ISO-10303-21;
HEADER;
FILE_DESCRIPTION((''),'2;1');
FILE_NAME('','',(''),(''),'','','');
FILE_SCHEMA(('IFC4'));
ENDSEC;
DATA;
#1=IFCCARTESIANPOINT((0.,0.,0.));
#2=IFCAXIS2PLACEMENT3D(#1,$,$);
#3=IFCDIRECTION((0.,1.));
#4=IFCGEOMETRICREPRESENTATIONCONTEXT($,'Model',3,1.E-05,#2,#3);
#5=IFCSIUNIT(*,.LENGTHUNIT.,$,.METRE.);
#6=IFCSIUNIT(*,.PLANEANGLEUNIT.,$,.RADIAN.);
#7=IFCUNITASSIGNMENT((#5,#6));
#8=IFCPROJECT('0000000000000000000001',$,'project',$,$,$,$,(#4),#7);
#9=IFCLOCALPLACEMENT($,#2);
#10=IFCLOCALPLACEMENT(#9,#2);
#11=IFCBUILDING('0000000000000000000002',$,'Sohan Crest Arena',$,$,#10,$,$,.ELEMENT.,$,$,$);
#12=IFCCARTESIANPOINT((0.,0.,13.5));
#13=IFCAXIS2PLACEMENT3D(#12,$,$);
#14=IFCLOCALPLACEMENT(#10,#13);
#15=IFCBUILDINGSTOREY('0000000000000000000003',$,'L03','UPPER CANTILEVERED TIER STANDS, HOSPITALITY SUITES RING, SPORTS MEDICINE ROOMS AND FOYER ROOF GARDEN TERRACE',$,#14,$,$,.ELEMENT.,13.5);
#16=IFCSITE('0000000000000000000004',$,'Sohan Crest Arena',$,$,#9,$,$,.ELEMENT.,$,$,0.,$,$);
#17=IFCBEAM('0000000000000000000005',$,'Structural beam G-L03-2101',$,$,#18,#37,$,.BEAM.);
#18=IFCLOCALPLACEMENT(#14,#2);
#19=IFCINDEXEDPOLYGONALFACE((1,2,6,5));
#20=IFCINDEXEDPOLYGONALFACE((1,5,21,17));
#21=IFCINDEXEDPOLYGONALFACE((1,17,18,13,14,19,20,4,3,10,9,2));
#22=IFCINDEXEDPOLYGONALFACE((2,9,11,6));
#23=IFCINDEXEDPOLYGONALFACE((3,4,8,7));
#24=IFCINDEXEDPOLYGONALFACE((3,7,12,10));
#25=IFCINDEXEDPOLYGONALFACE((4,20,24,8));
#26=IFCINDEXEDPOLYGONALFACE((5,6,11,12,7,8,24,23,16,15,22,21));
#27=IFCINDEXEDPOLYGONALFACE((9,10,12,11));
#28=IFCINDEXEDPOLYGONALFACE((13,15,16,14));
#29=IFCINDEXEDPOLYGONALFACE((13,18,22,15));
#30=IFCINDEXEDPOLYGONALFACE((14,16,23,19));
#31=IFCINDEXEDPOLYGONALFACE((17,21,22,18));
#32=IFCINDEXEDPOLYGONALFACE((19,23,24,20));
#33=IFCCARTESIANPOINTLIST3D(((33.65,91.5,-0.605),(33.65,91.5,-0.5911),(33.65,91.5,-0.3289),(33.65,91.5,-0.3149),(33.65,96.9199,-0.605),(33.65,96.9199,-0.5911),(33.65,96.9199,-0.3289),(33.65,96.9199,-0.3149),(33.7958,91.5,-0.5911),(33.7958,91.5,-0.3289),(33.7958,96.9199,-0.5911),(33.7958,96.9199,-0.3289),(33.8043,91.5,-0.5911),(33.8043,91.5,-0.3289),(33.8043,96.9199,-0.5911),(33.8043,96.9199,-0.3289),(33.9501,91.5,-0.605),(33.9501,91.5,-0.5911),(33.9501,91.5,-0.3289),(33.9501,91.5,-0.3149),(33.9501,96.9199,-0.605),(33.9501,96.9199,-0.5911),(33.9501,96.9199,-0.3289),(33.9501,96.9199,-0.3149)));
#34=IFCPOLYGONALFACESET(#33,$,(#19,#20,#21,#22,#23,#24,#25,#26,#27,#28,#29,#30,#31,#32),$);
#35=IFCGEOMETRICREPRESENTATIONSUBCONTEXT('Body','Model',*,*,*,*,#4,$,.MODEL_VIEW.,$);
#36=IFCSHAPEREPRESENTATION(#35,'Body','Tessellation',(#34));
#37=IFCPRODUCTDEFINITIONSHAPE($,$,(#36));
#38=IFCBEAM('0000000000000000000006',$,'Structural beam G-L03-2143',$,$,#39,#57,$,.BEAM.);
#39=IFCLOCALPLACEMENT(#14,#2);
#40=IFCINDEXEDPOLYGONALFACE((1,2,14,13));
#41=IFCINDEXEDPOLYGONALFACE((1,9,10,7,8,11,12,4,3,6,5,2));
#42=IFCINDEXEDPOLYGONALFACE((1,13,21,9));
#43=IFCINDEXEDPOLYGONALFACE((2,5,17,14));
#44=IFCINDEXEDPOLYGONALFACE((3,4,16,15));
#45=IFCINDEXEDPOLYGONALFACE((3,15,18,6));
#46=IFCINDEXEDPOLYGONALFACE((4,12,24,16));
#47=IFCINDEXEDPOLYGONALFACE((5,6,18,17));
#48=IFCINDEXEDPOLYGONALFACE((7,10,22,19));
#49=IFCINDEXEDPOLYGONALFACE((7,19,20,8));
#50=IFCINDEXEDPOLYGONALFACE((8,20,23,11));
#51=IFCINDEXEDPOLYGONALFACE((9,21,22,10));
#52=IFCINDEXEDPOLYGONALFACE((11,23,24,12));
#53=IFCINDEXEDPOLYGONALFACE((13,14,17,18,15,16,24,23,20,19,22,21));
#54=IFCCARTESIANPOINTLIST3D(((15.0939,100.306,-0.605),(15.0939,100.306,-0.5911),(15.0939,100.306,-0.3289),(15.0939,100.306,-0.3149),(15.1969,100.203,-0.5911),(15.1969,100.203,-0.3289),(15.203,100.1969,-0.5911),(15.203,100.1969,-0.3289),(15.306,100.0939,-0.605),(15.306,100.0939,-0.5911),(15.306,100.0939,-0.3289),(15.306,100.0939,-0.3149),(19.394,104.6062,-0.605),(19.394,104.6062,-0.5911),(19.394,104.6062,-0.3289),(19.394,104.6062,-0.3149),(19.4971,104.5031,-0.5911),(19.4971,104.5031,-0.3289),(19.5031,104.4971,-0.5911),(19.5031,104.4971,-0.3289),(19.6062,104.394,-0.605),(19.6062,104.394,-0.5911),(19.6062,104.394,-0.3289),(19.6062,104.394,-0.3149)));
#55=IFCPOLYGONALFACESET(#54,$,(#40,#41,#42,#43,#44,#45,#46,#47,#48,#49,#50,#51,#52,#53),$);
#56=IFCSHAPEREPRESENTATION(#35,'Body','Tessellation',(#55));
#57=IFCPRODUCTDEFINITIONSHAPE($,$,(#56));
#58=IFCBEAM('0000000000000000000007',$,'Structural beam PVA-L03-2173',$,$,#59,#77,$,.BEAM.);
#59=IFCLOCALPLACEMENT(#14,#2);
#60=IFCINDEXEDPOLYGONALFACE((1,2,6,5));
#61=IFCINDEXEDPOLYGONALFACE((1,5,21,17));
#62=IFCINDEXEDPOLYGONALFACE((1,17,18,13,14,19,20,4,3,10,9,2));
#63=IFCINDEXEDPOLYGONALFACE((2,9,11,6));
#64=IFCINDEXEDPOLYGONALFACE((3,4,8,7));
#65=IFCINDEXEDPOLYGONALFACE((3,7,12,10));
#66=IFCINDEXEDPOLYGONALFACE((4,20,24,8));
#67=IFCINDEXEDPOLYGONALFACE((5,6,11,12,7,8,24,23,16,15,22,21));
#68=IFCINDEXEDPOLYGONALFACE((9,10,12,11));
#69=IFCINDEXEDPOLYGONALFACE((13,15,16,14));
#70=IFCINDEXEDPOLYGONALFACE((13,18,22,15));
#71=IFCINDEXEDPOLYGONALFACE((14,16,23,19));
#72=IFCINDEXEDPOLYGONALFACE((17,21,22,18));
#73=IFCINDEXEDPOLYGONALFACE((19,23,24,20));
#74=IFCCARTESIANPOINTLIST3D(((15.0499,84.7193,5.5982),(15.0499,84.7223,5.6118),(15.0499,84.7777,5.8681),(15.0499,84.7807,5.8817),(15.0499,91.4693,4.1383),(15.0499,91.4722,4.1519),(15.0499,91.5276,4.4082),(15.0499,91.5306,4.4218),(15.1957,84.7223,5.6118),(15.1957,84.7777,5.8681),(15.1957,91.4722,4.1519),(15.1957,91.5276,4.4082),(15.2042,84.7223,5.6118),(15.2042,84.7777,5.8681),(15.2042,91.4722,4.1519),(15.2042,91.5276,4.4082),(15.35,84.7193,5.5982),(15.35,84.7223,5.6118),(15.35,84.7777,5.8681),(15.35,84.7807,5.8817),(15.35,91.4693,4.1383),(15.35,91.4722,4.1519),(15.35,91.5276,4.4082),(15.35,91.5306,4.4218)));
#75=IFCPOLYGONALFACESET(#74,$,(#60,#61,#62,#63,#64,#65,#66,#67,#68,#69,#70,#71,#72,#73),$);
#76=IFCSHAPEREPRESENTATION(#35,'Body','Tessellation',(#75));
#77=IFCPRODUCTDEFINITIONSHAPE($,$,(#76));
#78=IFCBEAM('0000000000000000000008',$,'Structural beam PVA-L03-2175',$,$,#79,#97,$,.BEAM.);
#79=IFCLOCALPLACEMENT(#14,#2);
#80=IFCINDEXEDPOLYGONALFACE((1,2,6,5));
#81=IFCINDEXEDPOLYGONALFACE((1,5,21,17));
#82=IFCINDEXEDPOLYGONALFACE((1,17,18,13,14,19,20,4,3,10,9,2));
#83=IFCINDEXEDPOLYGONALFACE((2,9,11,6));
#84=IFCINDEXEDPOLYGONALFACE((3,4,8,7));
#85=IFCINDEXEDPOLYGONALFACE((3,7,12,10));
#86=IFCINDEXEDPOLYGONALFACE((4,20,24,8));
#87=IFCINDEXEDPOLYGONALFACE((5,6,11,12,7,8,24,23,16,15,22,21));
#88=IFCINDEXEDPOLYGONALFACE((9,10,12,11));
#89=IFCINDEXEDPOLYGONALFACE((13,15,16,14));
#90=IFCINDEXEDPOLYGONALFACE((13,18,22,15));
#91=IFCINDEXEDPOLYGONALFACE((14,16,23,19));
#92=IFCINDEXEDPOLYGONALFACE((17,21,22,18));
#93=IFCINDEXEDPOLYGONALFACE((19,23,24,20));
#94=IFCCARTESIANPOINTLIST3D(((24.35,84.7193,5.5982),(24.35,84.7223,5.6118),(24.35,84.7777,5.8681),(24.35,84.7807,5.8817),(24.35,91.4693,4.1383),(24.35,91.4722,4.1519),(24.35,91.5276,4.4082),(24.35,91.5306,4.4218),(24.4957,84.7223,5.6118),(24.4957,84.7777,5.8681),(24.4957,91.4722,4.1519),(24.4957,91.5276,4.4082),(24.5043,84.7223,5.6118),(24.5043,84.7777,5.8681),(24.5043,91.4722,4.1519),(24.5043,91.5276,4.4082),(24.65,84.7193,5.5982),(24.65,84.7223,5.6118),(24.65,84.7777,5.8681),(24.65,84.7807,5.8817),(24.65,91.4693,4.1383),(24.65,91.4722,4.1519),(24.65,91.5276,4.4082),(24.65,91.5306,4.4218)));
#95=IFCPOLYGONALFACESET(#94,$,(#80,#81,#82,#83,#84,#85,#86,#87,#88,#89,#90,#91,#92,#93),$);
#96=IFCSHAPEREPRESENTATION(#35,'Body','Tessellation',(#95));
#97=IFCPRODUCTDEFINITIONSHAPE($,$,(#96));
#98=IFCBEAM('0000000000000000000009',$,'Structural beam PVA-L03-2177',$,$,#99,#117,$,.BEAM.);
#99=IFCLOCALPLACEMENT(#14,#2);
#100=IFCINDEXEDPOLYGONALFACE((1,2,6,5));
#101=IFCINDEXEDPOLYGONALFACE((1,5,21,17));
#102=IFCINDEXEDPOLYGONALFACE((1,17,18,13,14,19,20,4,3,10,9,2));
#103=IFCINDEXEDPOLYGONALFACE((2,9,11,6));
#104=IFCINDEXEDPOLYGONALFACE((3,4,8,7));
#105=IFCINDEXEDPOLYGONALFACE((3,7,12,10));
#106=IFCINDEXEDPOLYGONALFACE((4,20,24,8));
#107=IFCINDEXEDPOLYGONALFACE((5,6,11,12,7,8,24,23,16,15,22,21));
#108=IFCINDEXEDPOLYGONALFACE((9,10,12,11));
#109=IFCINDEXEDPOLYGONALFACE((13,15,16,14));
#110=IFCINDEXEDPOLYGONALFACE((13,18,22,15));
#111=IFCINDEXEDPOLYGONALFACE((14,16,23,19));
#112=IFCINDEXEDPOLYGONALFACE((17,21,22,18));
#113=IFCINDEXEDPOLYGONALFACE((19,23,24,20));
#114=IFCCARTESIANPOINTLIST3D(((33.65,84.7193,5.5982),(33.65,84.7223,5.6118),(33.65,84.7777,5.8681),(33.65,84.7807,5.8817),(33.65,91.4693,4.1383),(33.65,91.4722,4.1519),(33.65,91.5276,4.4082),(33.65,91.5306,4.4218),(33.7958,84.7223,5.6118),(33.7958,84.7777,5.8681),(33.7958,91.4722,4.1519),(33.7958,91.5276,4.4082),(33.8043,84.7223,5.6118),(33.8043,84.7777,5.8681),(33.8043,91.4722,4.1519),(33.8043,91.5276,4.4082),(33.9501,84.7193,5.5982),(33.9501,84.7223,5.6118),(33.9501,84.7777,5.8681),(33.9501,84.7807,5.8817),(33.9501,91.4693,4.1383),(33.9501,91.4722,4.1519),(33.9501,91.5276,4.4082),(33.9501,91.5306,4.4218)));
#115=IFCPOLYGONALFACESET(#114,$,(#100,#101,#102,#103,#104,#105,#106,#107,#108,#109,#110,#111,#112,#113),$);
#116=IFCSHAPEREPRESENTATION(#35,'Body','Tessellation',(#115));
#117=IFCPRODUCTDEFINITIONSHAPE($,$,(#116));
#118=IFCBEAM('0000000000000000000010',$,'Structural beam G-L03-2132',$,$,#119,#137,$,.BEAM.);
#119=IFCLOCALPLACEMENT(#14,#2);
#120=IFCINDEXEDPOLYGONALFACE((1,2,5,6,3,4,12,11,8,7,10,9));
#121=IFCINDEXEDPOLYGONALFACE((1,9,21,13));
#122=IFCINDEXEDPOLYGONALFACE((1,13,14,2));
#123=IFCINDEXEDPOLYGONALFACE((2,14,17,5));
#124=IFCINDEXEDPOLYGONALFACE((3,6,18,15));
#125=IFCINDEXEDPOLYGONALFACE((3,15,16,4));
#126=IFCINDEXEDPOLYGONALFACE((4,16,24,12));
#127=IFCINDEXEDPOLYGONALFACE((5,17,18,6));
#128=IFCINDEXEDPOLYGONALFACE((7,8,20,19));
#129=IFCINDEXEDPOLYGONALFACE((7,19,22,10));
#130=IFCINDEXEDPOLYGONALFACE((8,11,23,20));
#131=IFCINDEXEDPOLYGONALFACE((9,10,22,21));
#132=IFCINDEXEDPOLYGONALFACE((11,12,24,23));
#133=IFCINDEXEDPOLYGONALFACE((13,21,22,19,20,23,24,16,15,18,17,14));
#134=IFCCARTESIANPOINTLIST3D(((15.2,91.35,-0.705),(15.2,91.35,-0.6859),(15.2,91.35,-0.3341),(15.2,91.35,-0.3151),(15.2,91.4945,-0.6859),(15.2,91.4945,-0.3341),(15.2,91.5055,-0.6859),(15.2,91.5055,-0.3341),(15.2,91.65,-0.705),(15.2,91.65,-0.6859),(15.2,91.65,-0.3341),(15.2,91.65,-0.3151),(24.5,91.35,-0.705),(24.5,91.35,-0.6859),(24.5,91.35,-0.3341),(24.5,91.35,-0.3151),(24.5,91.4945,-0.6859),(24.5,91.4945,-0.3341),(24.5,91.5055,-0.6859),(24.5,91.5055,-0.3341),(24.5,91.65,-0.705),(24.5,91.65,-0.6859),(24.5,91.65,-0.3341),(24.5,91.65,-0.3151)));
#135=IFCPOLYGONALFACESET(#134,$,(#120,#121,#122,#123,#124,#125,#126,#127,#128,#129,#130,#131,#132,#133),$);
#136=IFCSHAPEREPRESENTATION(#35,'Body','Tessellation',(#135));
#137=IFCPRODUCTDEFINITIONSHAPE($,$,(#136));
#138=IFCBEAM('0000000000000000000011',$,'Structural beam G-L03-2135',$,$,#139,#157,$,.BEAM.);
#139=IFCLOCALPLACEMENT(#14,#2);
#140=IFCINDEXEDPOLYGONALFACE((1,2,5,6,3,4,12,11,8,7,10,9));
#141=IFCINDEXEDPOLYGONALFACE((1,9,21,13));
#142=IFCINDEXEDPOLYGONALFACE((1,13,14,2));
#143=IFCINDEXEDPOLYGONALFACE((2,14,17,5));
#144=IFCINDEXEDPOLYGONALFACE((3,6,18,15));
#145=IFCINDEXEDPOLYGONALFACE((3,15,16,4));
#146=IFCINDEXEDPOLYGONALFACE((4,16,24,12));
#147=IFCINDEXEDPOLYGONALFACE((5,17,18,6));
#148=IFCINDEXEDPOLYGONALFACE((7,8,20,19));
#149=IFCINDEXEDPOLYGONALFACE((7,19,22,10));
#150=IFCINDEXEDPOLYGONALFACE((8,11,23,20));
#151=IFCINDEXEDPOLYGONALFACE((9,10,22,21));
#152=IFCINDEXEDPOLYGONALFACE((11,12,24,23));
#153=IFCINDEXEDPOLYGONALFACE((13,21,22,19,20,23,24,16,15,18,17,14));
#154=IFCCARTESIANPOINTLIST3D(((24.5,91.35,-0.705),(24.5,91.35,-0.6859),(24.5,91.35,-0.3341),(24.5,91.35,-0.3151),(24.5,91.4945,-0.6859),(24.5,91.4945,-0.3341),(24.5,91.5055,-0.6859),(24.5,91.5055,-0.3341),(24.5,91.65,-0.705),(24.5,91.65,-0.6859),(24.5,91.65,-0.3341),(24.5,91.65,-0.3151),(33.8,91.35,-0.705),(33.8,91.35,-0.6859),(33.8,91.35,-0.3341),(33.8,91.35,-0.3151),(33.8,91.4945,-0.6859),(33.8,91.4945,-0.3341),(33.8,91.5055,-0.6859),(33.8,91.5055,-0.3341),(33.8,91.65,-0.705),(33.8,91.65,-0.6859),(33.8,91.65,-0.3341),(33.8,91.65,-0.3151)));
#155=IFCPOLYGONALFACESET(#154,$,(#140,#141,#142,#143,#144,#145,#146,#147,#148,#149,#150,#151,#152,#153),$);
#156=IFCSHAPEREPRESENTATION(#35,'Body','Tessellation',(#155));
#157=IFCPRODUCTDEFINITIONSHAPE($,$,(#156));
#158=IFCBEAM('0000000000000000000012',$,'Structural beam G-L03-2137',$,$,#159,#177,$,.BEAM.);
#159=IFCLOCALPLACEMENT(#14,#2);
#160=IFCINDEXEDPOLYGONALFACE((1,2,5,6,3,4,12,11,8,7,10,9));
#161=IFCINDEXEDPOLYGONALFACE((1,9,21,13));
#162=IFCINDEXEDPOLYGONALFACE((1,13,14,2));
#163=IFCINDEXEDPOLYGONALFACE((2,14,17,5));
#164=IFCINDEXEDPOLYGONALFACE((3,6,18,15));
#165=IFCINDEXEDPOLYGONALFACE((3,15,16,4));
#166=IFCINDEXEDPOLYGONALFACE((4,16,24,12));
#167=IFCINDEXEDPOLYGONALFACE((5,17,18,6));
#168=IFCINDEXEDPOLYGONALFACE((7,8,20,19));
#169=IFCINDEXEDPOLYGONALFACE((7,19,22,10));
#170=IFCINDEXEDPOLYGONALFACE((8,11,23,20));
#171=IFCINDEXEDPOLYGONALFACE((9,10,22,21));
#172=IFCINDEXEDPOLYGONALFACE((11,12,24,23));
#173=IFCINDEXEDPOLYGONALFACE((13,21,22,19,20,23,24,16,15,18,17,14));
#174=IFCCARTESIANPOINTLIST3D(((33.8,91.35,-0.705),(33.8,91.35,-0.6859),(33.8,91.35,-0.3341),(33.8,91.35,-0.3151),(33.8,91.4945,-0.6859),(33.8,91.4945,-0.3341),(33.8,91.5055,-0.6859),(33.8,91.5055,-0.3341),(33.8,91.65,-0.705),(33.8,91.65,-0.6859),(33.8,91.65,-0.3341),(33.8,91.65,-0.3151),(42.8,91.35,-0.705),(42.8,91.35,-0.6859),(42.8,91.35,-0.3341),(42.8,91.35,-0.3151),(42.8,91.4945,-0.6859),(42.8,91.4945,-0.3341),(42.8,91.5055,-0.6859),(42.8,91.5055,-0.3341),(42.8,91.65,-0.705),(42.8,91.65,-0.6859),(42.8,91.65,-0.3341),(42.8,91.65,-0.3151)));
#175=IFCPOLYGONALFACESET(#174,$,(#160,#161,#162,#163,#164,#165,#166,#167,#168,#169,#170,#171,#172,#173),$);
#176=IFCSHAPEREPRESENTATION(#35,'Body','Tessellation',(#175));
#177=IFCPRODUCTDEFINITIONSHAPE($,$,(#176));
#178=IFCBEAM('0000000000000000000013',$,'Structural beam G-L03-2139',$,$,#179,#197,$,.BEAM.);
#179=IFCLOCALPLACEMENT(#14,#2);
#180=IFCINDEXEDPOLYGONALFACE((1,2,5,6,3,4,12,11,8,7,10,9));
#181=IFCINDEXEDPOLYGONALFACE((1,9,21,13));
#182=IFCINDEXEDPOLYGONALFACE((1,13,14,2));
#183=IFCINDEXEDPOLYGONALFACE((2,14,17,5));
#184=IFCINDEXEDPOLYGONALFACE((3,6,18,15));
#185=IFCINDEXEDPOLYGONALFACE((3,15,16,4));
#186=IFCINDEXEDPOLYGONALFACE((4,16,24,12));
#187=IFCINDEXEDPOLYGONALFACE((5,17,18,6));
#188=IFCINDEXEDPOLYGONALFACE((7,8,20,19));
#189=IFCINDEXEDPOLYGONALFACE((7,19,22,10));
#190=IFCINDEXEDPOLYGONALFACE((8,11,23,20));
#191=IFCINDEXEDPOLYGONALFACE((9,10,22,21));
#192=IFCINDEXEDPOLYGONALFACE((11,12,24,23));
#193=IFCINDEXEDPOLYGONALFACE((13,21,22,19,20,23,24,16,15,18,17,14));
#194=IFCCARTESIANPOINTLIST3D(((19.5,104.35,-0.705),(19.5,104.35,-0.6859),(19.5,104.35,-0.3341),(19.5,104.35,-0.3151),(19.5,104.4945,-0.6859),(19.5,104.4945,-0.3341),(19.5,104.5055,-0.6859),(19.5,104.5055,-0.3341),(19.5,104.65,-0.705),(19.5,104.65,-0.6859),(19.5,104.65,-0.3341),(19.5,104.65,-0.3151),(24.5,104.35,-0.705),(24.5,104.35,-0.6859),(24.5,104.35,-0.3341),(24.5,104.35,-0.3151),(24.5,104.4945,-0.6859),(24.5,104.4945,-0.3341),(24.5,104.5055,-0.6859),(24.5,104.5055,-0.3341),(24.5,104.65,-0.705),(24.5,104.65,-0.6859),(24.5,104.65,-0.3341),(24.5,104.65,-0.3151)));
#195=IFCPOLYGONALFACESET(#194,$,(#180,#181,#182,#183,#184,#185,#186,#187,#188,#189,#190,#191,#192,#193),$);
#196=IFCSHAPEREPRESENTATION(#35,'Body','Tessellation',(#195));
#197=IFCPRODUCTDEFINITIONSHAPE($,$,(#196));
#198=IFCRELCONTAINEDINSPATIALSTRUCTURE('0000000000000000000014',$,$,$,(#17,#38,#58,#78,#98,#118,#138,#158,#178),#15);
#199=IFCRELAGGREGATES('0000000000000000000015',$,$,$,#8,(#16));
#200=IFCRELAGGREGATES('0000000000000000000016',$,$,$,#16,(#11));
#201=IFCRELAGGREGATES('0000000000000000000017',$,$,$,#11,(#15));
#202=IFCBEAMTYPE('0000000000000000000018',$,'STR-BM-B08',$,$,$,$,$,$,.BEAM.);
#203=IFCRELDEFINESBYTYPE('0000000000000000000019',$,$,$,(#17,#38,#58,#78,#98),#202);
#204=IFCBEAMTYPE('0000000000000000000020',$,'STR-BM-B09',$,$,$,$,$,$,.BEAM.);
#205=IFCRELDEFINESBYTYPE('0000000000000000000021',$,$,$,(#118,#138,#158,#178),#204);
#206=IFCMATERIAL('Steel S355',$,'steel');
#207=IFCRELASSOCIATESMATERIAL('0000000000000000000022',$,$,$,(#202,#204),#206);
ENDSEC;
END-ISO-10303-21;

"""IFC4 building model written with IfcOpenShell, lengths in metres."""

from ifc_helpers import new_model, si_unit, direction, frame, origin, origin_2d, place, context, subcontext, project, spatial, i_section, extrude, material, material_profile, profile_set, type_object, element, save


model = new_model("IFC4")

# Units and contexts
model_context = context("Model", 3, precision=1e-05, world=origin(), true_north=direction((0.0, 1.0)))
body_context = subcontext(model_context, "Body", "Model", "MODEL_VIEW")
ifc_project = project(units=[si_unit("LENGTHUNIT", "METRE"), si_unit("PLANEANGLEUNIT", "RADIAN")], contexts=[model_context])

# Site, building, storey
site_placement = place(None, origin())
site = spatial("IfcSite", under=ifc_project, at=site_placement, Name="Sohan Crest Arena", CompositionType="ELEMENT", RefElevation=0.0)
building_placement = place(site_placement, origin())
building = spatial("IfcBuilding", under=site, at=building_placement, Name="Sohan Crest Arena", CompositionType="ELEMENT")
storey_placement = place(building_placement, frame((0.0, 0.0, 13.5)))
storey = spatial("IfcBuildingStorey", under=building, at=storey_placement, Name="L03", Description="UPPER CANTILEVERED TIER STANDS, HOSPITALITY SUITES RING, SPORTS MEDICINE ROOMS AND FOYER ROOF GARDEN TERRACE", CompositionType="ELEMENT", Elevation=13.5)

# Beams
ifc_material_1 = material(Name="Steel S355", Category="steel")
ifc_material_profile_1 = material_profile(ifc_material_1, i_section(OverallWidth=0.3, OverallDepth=0.29, WebThickness=0.0085, FlangeThickness=0.0139, at=origin_2d()), Name="HEA 300")
ifc_profile_set_1 = profile_set([ifc_material_profile_1], Name="Steel S355")
beam_type_1 = type_object("IfcBeamType", Name="STR-BM-B08", PredefinedType="BEAM", material=ifc_profile_set_1)
beam_1_placement = place(storey_placement, frame((33.8, 91.5, -0.46), z_axis=(0.0, 1.0, 0.0), x_axis=(-1.0, 0.0, 0.0)))
element("IfcBeam", 1, at=beam_1_placement, inside=storey, type_object=beam_type_1, Name="Structural beam G-L03-2101", PredefinedType="BEAM", context=body_context, shape_type="SweptSolid", body=[
    extrude(i_section(OverallWidth=0.3, OverallDepth=0.29, WebThickness=0.0085, FlangeThickness=0.0139, at=origin_2d()), origin(), (0.0, 0.0, 1.0), 5.4199),
])
beam_2_placement = place(storey_placement, frame((15.2, 100.2, -0.46), z_axis=(0.707107, 0.707107, 0.0), x_axis=(-0.707107, 0.707107, 0.0)))
element("IfcBeam", 2, at=beam_2_placement, inside=storey, type_object=beam_type_1, Name="Structural beam G-L03-2143", PredefinedType="BEAM", context=body_context, shape_type="SweptSolid", body=[
    extrude(i_section(OverallWidth=0.3, OverallDepth=0.29, WebThickness=0.0085, FlangeThickness=0.0139, at=origin_2d()), origin(), (0.0, 0.0, 1.0), 6.0813),
])
for number, where, z_axis, x_axis, name in (
    (3, (15.2, 84.75, 5.74), (0.0, 0.977399, -0.211402), (-1.0, 0.0, 0.0), "Structural beam PVA-L03-2173"),
    (4, (24.5, 84.75, 5.74), (0.0, 0.977399, -0.211402), (-1.0, 0.0, 0.0), "Structural beam PVA-L03-2175"),
    (5, (33.8, 84.75, 5.74), (0.0, 0.977399, -0.211402), (-1.0, 0.0, 0.0), "Structural beam PVA-L03-2177"),
):
    element("IfcBeam", number, at=place(storey_placement, frame(where, z_axis=z_axis, x_axis=x_axis)), inside=storey, type_object=beam_type_1, Name=name, PredefinedType="BEAM", context=body_context, shape_type="SweptSolid", body=[
        extrude(i_section(OverallWidth=0.3, OverallDepth=0.29, WebThickness=0.0085, FlangeThickness=0.0139, at=origin_2d()), origin(), (0.0, 0.0, 1.0), 6.906),
    ])
ifc_material_profile_2 = material_profile(ifc_material_1, i_section(OverallWidth=0.3, OverallDepth=0.3899, WebThickness=0.011, FlangeThickness=0.019, at=origin_2d()), Name="HEA 400")
ifc_profile_set_2 = profile_set([ifc_material_profile_2], Name="Steel S355")
beam_type_2 = type_object("IfcBeamType", Name="STR-BM-B09", PredefinedType="BEAM", material=ifc_profile_set_2)
for number, where, z_axis, x_axis, name in (
    (6, (15.2, 91.5, -0.51), (1.0, 0.0, 0.0), (0.0, 1.0, 0.0), "Structural beam G-L03-2132"),
    (7, (24.5, 91.5, -0.51), (1.0, 0.0, 0.0), (0.0, 1.0, 0.0), "Structural beam G-L03-2135"),
):
    element("IfcBeam", number, at=place(storey_placement, frame(where, z_axis=z_axis, x_axis=x_axis)), inside=storey, type_object=beam_type_2, Name=name, PredefinedType="BEAM", context=body_context, shape_type="SweptSolid", body=[
        extrude(i_section(OverallWidth=0.3, OverallDepth=0.3899, WebThickness=0.011, FlangeThickness=0.019, at=origin_2d()), origin(), (0.0, 0.0, 1.0), 9.3),
    ])
beam_3_placement = place(storey_placement, frame((33.8, 91.5, -0.51), z_axis=(1.0, 0.0, 0.0), x_axis=(0.0, 1.0, 0.0)))
element("IfcBeam", 8, at=beam_3_placement, inside=storey, type_object=beam_type_2, Name="Structural beam G-L03-2137", PredefinedType="BEAM", context=body_context, shape_type="SweptSolid", body=[
    extrude(i_section(OverallWidth=0.3, OverallDepth=0.3899, WebThickness=0.011, FlangeThickness=0.019, at=origin_2d()), origin(), (0.0, 0.0, 1.0), 9.0),
])
beam_4_placement = place(storey_placement, frame((19.5, 104.5, -0.51), z_axis=(1.0, 0.0, 0.0), x_axis=(0.0, 1.0, 0.0)))
element("IfcBeam", 9, at=beam_4_placement, inside=storey, type_object=beam_type_2, Name="Structural beam G-L03-2139", PredefinedType="BEAM", context=body_context, shape_type="SweptSolid", body=[
    extrude(i_section(OverallWidth=0.3, OverallDepth=0.3899, WebThickness=0.011, FlangeThickness=0.019, at=origin_2d()), origin(), (0.0, 0.0, 1.0), 5.0),
])

save(model, "model.ifc")
